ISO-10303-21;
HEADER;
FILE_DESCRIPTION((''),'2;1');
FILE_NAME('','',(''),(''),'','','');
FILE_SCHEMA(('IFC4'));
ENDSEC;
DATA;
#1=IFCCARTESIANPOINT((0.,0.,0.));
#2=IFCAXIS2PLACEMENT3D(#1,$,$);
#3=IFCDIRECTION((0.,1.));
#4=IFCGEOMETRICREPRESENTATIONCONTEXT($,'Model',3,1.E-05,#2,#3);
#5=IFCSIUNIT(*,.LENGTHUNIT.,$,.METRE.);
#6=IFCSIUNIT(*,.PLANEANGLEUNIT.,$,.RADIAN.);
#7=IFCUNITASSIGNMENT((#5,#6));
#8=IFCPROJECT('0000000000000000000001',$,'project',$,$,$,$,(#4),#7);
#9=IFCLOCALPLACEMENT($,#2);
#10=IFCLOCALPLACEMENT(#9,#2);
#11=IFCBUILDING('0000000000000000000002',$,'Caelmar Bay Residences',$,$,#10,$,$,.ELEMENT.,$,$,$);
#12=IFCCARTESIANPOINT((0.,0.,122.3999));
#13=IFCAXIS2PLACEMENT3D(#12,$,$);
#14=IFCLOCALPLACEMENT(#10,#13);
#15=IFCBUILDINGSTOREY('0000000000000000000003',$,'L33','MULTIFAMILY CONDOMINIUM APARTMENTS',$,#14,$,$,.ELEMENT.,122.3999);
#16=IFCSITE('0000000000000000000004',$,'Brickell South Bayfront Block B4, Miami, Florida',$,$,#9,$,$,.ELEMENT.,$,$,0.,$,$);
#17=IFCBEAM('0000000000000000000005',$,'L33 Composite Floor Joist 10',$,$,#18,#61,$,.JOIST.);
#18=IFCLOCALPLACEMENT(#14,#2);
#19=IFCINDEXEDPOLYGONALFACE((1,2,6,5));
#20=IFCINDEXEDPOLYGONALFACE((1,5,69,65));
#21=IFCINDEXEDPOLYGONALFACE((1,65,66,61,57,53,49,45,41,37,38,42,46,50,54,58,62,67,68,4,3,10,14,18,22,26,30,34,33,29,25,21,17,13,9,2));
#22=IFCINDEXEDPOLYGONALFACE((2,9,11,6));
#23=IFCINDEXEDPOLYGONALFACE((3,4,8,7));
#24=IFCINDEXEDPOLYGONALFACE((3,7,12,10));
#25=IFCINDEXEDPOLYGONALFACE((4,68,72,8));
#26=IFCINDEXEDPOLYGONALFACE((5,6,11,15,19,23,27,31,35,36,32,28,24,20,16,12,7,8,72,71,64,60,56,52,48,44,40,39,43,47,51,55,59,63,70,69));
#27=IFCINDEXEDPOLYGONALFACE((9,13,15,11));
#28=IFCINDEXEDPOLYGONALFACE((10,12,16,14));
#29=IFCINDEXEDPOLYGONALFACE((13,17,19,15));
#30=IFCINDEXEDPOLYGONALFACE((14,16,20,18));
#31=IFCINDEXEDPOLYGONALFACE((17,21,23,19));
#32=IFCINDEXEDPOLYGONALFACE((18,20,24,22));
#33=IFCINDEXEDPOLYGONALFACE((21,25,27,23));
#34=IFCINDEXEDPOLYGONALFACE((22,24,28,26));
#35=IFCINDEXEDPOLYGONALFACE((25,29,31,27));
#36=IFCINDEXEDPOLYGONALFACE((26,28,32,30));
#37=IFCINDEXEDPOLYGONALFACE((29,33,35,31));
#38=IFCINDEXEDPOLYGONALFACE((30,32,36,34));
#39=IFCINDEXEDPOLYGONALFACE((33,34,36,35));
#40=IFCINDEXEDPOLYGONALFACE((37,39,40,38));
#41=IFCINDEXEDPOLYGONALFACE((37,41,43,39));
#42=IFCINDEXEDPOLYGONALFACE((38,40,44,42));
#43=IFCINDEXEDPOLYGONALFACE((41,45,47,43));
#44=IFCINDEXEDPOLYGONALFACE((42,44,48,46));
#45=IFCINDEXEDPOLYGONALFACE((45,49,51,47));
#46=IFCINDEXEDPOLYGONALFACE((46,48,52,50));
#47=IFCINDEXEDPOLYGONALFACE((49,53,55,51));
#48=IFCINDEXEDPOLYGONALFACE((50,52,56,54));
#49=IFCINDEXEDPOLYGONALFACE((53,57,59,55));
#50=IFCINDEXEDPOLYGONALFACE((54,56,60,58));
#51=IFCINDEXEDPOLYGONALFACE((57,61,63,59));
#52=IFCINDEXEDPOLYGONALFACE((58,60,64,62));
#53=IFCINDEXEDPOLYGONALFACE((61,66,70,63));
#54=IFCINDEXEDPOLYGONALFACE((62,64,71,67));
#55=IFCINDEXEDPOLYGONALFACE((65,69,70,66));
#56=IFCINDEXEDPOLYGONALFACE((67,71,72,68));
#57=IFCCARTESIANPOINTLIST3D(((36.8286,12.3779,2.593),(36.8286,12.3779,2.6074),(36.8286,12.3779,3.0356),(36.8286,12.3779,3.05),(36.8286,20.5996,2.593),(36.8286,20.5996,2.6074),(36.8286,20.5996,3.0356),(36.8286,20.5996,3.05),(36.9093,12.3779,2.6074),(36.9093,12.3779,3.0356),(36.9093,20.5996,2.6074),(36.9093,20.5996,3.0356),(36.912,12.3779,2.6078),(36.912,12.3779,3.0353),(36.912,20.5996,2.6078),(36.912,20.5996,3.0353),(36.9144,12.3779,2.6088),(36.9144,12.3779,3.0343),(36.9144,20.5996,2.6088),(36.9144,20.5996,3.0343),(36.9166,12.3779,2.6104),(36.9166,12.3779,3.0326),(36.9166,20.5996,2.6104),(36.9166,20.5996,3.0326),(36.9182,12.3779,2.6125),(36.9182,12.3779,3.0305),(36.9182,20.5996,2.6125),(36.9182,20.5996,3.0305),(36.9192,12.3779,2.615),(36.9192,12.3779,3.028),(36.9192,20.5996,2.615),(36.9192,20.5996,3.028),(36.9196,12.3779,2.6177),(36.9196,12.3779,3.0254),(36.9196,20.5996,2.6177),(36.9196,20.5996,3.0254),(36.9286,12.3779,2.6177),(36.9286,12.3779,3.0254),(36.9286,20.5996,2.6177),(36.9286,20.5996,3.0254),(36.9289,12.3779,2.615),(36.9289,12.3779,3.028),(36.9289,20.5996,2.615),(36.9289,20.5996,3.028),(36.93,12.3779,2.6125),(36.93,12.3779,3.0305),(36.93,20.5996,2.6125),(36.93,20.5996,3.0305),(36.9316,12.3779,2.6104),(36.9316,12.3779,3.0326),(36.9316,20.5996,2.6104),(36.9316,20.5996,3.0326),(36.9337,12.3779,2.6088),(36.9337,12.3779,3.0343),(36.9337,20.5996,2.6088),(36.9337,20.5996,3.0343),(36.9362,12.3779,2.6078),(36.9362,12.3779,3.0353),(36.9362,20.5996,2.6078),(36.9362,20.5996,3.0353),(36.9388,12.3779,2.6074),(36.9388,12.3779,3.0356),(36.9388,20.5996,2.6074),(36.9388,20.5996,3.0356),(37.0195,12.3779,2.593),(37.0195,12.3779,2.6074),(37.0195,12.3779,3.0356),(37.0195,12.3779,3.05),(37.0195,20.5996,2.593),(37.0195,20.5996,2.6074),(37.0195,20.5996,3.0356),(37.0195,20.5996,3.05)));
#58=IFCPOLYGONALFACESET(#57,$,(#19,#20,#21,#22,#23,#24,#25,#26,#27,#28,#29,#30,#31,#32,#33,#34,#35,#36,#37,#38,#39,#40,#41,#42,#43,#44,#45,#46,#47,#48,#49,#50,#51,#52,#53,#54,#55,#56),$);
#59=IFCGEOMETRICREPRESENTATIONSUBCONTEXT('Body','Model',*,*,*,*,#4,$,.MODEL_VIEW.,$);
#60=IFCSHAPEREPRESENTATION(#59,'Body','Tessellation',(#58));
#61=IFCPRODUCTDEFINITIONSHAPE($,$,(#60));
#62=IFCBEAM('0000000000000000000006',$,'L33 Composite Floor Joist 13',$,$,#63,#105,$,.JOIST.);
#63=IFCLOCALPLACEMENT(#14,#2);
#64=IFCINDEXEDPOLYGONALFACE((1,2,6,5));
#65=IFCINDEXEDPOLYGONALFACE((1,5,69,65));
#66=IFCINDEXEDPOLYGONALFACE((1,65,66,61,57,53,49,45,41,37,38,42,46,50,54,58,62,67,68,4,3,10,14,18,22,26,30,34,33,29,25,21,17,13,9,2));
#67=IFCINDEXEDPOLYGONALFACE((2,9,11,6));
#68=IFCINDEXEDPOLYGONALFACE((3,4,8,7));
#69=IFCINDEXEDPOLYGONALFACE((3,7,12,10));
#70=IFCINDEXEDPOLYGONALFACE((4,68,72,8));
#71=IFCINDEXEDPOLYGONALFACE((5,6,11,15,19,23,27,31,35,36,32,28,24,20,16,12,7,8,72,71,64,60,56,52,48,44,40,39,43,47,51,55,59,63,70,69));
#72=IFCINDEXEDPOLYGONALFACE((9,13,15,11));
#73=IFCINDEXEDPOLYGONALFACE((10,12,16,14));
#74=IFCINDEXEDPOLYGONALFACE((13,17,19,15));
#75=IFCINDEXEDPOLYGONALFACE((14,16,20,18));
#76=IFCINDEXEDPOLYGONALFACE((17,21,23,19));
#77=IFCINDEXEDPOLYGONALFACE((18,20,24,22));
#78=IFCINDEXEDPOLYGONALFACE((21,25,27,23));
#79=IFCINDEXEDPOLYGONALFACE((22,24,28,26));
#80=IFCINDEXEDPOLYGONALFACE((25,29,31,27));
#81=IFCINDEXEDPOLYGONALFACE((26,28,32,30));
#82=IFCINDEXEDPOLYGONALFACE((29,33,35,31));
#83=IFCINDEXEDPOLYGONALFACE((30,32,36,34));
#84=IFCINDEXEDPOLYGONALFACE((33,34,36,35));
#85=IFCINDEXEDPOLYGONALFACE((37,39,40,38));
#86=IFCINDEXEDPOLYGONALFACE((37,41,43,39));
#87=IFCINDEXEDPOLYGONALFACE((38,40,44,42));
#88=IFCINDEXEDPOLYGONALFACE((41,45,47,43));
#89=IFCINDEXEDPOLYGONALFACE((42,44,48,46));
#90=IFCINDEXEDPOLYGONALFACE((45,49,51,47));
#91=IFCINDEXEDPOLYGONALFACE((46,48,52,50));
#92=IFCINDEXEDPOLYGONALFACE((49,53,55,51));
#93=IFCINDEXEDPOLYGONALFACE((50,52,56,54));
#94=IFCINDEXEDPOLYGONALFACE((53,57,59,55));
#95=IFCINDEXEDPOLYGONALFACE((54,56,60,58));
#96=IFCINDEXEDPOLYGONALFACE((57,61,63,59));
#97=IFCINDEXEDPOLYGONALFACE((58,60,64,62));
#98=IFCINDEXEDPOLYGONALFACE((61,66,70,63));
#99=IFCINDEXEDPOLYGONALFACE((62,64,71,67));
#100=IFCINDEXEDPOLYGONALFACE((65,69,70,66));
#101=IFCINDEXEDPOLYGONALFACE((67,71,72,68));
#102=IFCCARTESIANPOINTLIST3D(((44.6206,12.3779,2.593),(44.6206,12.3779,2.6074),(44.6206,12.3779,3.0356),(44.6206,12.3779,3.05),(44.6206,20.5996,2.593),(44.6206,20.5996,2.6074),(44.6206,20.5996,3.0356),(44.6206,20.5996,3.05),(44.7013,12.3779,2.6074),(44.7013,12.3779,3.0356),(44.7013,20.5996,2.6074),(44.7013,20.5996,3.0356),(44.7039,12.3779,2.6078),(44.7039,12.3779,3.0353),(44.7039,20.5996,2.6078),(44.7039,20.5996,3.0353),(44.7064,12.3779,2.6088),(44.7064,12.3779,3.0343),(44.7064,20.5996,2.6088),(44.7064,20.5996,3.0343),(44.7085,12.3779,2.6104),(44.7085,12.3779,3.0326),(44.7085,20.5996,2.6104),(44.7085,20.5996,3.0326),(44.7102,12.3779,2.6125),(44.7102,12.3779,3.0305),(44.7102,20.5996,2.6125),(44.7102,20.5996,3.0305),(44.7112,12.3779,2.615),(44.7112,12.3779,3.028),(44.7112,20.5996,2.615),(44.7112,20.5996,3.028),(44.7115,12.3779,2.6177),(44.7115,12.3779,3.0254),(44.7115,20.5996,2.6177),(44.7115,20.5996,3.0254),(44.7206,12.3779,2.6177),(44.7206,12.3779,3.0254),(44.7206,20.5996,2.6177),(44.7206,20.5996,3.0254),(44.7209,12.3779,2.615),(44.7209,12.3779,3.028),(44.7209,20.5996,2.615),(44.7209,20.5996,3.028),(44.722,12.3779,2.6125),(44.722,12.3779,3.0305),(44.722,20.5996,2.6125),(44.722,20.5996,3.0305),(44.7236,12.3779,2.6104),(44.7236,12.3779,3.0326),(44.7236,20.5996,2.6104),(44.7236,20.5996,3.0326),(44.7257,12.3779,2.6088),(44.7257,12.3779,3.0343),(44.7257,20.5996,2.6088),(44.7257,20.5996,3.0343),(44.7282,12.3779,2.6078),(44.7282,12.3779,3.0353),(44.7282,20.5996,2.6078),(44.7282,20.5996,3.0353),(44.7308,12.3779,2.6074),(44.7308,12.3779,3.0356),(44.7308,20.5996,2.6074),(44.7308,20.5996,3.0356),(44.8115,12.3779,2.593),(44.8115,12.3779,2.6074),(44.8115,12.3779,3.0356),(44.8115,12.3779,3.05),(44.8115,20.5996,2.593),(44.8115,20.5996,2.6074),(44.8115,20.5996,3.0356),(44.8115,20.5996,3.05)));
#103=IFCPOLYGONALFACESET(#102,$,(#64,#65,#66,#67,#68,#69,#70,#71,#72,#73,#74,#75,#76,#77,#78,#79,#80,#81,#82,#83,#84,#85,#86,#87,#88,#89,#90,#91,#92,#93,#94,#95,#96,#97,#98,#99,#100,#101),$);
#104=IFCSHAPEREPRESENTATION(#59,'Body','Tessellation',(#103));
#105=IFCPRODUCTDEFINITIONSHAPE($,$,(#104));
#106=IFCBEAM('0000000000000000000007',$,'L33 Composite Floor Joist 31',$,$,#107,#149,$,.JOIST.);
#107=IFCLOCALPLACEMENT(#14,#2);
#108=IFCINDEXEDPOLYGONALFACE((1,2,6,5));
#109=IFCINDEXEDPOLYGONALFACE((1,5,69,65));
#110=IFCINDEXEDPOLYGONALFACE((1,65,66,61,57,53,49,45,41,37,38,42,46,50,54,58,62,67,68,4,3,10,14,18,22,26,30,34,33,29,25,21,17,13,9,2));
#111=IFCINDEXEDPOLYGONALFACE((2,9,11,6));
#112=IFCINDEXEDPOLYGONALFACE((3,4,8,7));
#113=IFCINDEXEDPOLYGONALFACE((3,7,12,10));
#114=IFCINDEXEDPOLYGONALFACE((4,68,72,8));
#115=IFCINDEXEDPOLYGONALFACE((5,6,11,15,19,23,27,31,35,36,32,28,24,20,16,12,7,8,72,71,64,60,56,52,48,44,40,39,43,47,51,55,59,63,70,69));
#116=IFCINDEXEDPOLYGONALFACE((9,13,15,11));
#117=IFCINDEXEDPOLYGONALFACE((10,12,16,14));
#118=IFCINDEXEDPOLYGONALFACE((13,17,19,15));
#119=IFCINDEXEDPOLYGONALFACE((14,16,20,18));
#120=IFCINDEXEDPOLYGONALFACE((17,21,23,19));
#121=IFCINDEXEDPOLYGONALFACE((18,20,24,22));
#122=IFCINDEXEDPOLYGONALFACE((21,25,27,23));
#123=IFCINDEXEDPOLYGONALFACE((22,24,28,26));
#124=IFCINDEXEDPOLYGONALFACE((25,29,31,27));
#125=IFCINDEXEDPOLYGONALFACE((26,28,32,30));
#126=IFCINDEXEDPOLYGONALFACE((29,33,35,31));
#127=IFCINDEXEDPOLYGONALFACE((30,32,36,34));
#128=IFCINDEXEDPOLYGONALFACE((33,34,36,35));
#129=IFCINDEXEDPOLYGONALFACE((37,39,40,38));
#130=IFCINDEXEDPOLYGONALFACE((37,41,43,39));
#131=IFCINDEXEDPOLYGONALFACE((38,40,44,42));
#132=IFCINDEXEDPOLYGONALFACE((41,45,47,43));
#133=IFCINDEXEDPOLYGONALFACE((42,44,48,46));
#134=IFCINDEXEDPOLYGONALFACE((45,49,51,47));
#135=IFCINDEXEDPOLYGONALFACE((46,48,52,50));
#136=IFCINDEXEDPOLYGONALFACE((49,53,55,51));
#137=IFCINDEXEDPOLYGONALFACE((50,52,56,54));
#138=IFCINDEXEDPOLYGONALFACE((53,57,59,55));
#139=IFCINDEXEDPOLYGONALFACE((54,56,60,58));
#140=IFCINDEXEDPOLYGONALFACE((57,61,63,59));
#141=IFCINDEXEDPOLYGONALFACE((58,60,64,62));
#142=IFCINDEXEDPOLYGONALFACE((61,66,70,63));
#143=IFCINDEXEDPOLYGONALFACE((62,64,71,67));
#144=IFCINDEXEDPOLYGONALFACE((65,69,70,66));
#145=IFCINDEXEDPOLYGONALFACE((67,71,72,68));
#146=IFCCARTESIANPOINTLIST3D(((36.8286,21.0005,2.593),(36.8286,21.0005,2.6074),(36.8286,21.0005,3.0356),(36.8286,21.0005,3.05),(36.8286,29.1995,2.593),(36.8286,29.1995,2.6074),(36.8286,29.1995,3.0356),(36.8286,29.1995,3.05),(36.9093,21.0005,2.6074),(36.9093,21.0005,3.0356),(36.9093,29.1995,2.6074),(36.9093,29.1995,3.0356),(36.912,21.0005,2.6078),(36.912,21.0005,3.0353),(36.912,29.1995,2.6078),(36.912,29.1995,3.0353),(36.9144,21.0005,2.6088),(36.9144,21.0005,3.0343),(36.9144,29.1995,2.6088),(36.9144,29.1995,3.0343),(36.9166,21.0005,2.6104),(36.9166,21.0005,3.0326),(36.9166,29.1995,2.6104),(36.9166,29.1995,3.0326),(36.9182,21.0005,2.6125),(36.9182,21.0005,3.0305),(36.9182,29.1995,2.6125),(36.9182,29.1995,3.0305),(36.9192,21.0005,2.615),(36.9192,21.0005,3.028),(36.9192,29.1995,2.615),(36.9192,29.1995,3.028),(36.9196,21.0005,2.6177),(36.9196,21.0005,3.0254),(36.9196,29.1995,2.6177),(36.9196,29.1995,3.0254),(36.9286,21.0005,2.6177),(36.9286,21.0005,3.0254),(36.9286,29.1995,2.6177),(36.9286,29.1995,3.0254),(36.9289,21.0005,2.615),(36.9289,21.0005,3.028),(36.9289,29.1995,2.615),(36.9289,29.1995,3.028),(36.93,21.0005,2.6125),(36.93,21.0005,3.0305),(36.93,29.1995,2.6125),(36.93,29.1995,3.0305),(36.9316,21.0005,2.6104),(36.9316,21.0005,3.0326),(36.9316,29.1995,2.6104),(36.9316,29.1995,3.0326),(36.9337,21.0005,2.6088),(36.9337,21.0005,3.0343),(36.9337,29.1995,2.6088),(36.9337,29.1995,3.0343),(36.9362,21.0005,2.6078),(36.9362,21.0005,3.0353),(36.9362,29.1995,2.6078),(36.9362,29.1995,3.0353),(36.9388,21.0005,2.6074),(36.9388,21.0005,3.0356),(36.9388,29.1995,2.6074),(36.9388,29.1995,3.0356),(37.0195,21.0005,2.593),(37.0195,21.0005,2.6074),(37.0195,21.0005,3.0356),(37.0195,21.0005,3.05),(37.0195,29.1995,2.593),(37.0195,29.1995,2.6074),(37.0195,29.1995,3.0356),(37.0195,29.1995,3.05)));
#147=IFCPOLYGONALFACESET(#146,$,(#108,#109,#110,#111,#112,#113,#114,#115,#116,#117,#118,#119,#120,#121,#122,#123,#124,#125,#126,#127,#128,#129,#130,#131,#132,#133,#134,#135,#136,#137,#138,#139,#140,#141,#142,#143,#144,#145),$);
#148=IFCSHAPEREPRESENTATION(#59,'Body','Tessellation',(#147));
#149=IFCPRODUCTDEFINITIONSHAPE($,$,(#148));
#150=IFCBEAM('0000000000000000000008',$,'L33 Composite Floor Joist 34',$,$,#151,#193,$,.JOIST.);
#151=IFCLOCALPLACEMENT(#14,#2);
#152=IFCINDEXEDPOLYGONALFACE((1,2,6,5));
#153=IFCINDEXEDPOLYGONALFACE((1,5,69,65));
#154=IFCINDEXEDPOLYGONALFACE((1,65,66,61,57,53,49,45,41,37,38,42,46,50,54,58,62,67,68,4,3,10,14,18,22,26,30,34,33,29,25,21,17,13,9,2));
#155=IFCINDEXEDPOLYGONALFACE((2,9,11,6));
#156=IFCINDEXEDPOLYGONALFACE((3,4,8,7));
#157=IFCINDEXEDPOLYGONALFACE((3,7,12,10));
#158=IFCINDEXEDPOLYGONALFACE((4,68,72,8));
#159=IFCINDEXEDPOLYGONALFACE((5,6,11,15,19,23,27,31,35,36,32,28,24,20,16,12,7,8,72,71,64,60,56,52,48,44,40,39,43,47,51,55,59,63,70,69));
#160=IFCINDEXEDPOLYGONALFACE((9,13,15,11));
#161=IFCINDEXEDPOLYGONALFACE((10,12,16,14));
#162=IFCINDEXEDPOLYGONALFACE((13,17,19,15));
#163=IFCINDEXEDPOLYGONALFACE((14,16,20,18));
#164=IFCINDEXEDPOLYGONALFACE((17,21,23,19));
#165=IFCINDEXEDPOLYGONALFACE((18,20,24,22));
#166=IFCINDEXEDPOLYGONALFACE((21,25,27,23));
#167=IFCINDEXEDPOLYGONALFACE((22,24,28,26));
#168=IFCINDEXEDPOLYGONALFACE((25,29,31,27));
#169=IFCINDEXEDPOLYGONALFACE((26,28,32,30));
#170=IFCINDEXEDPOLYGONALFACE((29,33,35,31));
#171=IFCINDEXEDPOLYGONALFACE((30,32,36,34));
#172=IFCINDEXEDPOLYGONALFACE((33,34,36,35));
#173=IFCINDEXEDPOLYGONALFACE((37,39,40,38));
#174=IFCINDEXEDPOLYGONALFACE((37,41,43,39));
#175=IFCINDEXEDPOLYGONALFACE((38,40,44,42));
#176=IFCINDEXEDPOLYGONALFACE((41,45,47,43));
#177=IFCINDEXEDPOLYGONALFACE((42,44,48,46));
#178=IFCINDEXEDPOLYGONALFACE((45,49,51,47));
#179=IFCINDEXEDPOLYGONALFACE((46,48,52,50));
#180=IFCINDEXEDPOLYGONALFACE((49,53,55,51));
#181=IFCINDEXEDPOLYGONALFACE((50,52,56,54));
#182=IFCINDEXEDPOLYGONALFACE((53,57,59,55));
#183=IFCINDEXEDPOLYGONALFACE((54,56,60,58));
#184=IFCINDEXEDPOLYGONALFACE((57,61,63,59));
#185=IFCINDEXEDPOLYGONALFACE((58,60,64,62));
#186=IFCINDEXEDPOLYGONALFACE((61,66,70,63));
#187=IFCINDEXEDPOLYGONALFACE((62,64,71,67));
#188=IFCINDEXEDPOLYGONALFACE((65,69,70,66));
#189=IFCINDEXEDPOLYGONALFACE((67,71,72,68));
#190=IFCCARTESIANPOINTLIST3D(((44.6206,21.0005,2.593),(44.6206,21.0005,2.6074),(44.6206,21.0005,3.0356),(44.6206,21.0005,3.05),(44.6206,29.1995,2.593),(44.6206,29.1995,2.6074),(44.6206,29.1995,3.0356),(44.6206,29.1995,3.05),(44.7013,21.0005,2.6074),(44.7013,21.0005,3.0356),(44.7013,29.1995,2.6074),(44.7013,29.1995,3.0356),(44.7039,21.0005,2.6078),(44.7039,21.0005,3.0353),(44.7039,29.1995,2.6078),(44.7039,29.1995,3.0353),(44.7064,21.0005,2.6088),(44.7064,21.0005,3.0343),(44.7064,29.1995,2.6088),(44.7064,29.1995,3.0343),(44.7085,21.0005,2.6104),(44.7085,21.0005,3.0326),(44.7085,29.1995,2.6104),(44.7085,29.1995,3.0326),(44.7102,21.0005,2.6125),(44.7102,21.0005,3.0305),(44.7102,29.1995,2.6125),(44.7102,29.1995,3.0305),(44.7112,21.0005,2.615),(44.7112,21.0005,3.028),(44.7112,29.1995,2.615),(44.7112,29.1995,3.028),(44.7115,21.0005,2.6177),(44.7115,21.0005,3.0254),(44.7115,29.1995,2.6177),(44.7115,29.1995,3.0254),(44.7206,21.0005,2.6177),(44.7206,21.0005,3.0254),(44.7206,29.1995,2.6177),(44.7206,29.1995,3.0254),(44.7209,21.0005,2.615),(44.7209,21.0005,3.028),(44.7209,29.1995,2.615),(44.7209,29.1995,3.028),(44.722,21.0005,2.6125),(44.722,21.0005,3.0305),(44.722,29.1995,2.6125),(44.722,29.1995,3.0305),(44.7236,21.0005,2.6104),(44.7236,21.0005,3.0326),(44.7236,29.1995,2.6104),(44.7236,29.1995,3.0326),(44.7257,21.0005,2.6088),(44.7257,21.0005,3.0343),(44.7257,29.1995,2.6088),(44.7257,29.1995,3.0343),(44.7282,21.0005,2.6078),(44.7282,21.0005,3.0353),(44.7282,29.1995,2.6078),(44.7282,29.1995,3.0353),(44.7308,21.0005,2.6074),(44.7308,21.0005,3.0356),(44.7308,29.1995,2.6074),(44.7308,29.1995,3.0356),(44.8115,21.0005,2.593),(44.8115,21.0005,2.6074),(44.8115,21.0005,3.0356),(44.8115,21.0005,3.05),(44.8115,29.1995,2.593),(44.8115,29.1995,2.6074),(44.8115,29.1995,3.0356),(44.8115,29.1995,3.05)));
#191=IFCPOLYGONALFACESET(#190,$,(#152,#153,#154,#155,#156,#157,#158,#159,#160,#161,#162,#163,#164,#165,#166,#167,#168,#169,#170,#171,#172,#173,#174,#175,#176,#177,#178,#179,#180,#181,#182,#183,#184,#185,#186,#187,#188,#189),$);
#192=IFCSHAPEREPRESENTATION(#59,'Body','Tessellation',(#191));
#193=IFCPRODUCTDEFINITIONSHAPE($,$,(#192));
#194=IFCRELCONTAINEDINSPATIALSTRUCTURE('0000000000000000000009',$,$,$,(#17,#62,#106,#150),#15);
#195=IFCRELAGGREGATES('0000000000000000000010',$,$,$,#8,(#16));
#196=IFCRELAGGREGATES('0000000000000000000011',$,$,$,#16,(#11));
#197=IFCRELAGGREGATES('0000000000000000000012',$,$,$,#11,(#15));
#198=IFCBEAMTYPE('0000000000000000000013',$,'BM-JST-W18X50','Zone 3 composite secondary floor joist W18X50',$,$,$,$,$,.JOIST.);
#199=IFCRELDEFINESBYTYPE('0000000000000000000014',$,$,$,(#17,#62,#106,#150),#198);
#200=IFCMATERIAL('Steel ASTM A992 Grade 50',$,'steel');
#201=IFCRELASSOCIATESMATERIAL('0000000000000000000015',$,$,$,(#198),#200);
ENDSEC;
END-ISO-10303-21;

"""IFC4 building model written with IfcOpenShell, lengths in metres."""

from ifc_helpers import new_model, si_unit, direction, frame, origin, origin_2d, place, context, subcontext, project, spatial, i_section, extrude, material, material_profile, profile_set, type_object, element, save


model = new_model("IFC4")

# Units and contexts
model_context = context("Model", 3, precision=1e-05, world=origin(), true_north=direction((0.0, 1.0)))
body_context = subcontext(model_context, "Body", "Model", "MODEL_VIEW")
ifc_project = project(units=[si_unit("LENGTHUNIT", "METRE"), si_unit("PLANEANGLEUNIT", "RADIAN")], contexts=[model_context])

# Site, building, storey
site_placement = place(None, origin())
site = spatial("IfcSite", under=ifc_project, at=site_placement, Name="Brickell South Bayfront Block B4, Miami, Florida", CompositionType="ELEMENT", RefElevation=0.0)
building_placement = place(site_placement, origin())
building = spatial("IfcBuilding", under=site, at=building_placement, Name="Caelmar Bay Residences", CompositionType="ELEMENT")
storey_placement = place(building_placement, frame((0.0, 0.0, 122.3999)))
storey = spatial("IfcBuildingStorey", under=building, at=storey_placement, Name="L33", Description="MULTIFAMILY CONDOMINIUM APARTMENTS", CompositionType="ELEMENT", Elevation=122.3999)

# Beams
ifc_material_1 = material(Name="Steel ASTM A992 Grade 50", Category="steel")
ifc_material_profile_1 = material_profile(ifc_material_1, i_section(OverallWidth=0.1909, OverallDepth=0.457, WebThickness=0.009, FlangeThickness=0.0144, FilletRadius=0.0103, at=origin_2d()), Name="W18X50")
ifc_profile_set_1 = profile_set([ifc_material_profile_1], Name="Steel ASTM A992 Grade 50")
beam_type_1 = type_object("IfcBeamType", Name="BM-JST-W18X50", Description="Zone 3 composite secondary floor joist W18X50", PredefinedType="JOIST", material=ifc_profile_set_1)
for number, where, z_axis, x_axis, name in (
    (1, (36.9241, 12.3779, 2.8215), (0.0, 1.0, 0.0), (-1.0, 0.0, 0.0), "L33 Composite Floor Joist 10"),
    (2, (44.7161, 12.3779, 2.8215), (0.0, 1.0, 0.0), (-1.0, 0.0, 0.0), "L33 Composite Floor Joist 13"),
):
    element("IfcBeam", number, at=place(storey_placement, frame(where, z_axis=z_axis, x_axis=x_axis)), inside=storey, type_object=beam_type_1, Name=name, PredefinedType="JOIST", context=body_context, shape_type="SweptSolid", body=[
        extrude(i_section(OverallWidth=0.1909, OverallDepth=0.457, WebThickness=0.009, FlangeThickness=0.0144, FilletRadius=0.0103, at=origin_2d()), origin(), (0.0, 0.0, 1.0), 8.2217),
    ])
for number, where, z_axis, x_axis, name in (
    (3, (36.9241, 21.0005, 2.8215), (0.0, 1.0, 0.0), (-1.0, 0.0, 0.0), "L33 Composite Floor Joist 31"),
    (4, (44.7161, 21.0005, 2.8215), (0.0, 1.0, 0.0), (-1.0, 0.0, 0.0), "L33 Composite Floor Joist 34"),
):
    element("IfcBeam", number, at=place(storey_placement, frame(where, z_axis=z_axis, x_axis=x_axis)), inside=storey, type_object=beam_type_1, Name=name, PredefinedType="JOIST", context=body_context, shape_type="SweptSolid", body=[
        extrude(i_section(OverallWidth=0.1909, OverallDepth=0.457, WebThickness=0.009, FlangeThickness=0.0144, FilletRadius=0.0103, at=origin_2d()), origin(), (0.0, 0.0, 1.0), 8.199),
    ])

save(model, "model.ifc")
